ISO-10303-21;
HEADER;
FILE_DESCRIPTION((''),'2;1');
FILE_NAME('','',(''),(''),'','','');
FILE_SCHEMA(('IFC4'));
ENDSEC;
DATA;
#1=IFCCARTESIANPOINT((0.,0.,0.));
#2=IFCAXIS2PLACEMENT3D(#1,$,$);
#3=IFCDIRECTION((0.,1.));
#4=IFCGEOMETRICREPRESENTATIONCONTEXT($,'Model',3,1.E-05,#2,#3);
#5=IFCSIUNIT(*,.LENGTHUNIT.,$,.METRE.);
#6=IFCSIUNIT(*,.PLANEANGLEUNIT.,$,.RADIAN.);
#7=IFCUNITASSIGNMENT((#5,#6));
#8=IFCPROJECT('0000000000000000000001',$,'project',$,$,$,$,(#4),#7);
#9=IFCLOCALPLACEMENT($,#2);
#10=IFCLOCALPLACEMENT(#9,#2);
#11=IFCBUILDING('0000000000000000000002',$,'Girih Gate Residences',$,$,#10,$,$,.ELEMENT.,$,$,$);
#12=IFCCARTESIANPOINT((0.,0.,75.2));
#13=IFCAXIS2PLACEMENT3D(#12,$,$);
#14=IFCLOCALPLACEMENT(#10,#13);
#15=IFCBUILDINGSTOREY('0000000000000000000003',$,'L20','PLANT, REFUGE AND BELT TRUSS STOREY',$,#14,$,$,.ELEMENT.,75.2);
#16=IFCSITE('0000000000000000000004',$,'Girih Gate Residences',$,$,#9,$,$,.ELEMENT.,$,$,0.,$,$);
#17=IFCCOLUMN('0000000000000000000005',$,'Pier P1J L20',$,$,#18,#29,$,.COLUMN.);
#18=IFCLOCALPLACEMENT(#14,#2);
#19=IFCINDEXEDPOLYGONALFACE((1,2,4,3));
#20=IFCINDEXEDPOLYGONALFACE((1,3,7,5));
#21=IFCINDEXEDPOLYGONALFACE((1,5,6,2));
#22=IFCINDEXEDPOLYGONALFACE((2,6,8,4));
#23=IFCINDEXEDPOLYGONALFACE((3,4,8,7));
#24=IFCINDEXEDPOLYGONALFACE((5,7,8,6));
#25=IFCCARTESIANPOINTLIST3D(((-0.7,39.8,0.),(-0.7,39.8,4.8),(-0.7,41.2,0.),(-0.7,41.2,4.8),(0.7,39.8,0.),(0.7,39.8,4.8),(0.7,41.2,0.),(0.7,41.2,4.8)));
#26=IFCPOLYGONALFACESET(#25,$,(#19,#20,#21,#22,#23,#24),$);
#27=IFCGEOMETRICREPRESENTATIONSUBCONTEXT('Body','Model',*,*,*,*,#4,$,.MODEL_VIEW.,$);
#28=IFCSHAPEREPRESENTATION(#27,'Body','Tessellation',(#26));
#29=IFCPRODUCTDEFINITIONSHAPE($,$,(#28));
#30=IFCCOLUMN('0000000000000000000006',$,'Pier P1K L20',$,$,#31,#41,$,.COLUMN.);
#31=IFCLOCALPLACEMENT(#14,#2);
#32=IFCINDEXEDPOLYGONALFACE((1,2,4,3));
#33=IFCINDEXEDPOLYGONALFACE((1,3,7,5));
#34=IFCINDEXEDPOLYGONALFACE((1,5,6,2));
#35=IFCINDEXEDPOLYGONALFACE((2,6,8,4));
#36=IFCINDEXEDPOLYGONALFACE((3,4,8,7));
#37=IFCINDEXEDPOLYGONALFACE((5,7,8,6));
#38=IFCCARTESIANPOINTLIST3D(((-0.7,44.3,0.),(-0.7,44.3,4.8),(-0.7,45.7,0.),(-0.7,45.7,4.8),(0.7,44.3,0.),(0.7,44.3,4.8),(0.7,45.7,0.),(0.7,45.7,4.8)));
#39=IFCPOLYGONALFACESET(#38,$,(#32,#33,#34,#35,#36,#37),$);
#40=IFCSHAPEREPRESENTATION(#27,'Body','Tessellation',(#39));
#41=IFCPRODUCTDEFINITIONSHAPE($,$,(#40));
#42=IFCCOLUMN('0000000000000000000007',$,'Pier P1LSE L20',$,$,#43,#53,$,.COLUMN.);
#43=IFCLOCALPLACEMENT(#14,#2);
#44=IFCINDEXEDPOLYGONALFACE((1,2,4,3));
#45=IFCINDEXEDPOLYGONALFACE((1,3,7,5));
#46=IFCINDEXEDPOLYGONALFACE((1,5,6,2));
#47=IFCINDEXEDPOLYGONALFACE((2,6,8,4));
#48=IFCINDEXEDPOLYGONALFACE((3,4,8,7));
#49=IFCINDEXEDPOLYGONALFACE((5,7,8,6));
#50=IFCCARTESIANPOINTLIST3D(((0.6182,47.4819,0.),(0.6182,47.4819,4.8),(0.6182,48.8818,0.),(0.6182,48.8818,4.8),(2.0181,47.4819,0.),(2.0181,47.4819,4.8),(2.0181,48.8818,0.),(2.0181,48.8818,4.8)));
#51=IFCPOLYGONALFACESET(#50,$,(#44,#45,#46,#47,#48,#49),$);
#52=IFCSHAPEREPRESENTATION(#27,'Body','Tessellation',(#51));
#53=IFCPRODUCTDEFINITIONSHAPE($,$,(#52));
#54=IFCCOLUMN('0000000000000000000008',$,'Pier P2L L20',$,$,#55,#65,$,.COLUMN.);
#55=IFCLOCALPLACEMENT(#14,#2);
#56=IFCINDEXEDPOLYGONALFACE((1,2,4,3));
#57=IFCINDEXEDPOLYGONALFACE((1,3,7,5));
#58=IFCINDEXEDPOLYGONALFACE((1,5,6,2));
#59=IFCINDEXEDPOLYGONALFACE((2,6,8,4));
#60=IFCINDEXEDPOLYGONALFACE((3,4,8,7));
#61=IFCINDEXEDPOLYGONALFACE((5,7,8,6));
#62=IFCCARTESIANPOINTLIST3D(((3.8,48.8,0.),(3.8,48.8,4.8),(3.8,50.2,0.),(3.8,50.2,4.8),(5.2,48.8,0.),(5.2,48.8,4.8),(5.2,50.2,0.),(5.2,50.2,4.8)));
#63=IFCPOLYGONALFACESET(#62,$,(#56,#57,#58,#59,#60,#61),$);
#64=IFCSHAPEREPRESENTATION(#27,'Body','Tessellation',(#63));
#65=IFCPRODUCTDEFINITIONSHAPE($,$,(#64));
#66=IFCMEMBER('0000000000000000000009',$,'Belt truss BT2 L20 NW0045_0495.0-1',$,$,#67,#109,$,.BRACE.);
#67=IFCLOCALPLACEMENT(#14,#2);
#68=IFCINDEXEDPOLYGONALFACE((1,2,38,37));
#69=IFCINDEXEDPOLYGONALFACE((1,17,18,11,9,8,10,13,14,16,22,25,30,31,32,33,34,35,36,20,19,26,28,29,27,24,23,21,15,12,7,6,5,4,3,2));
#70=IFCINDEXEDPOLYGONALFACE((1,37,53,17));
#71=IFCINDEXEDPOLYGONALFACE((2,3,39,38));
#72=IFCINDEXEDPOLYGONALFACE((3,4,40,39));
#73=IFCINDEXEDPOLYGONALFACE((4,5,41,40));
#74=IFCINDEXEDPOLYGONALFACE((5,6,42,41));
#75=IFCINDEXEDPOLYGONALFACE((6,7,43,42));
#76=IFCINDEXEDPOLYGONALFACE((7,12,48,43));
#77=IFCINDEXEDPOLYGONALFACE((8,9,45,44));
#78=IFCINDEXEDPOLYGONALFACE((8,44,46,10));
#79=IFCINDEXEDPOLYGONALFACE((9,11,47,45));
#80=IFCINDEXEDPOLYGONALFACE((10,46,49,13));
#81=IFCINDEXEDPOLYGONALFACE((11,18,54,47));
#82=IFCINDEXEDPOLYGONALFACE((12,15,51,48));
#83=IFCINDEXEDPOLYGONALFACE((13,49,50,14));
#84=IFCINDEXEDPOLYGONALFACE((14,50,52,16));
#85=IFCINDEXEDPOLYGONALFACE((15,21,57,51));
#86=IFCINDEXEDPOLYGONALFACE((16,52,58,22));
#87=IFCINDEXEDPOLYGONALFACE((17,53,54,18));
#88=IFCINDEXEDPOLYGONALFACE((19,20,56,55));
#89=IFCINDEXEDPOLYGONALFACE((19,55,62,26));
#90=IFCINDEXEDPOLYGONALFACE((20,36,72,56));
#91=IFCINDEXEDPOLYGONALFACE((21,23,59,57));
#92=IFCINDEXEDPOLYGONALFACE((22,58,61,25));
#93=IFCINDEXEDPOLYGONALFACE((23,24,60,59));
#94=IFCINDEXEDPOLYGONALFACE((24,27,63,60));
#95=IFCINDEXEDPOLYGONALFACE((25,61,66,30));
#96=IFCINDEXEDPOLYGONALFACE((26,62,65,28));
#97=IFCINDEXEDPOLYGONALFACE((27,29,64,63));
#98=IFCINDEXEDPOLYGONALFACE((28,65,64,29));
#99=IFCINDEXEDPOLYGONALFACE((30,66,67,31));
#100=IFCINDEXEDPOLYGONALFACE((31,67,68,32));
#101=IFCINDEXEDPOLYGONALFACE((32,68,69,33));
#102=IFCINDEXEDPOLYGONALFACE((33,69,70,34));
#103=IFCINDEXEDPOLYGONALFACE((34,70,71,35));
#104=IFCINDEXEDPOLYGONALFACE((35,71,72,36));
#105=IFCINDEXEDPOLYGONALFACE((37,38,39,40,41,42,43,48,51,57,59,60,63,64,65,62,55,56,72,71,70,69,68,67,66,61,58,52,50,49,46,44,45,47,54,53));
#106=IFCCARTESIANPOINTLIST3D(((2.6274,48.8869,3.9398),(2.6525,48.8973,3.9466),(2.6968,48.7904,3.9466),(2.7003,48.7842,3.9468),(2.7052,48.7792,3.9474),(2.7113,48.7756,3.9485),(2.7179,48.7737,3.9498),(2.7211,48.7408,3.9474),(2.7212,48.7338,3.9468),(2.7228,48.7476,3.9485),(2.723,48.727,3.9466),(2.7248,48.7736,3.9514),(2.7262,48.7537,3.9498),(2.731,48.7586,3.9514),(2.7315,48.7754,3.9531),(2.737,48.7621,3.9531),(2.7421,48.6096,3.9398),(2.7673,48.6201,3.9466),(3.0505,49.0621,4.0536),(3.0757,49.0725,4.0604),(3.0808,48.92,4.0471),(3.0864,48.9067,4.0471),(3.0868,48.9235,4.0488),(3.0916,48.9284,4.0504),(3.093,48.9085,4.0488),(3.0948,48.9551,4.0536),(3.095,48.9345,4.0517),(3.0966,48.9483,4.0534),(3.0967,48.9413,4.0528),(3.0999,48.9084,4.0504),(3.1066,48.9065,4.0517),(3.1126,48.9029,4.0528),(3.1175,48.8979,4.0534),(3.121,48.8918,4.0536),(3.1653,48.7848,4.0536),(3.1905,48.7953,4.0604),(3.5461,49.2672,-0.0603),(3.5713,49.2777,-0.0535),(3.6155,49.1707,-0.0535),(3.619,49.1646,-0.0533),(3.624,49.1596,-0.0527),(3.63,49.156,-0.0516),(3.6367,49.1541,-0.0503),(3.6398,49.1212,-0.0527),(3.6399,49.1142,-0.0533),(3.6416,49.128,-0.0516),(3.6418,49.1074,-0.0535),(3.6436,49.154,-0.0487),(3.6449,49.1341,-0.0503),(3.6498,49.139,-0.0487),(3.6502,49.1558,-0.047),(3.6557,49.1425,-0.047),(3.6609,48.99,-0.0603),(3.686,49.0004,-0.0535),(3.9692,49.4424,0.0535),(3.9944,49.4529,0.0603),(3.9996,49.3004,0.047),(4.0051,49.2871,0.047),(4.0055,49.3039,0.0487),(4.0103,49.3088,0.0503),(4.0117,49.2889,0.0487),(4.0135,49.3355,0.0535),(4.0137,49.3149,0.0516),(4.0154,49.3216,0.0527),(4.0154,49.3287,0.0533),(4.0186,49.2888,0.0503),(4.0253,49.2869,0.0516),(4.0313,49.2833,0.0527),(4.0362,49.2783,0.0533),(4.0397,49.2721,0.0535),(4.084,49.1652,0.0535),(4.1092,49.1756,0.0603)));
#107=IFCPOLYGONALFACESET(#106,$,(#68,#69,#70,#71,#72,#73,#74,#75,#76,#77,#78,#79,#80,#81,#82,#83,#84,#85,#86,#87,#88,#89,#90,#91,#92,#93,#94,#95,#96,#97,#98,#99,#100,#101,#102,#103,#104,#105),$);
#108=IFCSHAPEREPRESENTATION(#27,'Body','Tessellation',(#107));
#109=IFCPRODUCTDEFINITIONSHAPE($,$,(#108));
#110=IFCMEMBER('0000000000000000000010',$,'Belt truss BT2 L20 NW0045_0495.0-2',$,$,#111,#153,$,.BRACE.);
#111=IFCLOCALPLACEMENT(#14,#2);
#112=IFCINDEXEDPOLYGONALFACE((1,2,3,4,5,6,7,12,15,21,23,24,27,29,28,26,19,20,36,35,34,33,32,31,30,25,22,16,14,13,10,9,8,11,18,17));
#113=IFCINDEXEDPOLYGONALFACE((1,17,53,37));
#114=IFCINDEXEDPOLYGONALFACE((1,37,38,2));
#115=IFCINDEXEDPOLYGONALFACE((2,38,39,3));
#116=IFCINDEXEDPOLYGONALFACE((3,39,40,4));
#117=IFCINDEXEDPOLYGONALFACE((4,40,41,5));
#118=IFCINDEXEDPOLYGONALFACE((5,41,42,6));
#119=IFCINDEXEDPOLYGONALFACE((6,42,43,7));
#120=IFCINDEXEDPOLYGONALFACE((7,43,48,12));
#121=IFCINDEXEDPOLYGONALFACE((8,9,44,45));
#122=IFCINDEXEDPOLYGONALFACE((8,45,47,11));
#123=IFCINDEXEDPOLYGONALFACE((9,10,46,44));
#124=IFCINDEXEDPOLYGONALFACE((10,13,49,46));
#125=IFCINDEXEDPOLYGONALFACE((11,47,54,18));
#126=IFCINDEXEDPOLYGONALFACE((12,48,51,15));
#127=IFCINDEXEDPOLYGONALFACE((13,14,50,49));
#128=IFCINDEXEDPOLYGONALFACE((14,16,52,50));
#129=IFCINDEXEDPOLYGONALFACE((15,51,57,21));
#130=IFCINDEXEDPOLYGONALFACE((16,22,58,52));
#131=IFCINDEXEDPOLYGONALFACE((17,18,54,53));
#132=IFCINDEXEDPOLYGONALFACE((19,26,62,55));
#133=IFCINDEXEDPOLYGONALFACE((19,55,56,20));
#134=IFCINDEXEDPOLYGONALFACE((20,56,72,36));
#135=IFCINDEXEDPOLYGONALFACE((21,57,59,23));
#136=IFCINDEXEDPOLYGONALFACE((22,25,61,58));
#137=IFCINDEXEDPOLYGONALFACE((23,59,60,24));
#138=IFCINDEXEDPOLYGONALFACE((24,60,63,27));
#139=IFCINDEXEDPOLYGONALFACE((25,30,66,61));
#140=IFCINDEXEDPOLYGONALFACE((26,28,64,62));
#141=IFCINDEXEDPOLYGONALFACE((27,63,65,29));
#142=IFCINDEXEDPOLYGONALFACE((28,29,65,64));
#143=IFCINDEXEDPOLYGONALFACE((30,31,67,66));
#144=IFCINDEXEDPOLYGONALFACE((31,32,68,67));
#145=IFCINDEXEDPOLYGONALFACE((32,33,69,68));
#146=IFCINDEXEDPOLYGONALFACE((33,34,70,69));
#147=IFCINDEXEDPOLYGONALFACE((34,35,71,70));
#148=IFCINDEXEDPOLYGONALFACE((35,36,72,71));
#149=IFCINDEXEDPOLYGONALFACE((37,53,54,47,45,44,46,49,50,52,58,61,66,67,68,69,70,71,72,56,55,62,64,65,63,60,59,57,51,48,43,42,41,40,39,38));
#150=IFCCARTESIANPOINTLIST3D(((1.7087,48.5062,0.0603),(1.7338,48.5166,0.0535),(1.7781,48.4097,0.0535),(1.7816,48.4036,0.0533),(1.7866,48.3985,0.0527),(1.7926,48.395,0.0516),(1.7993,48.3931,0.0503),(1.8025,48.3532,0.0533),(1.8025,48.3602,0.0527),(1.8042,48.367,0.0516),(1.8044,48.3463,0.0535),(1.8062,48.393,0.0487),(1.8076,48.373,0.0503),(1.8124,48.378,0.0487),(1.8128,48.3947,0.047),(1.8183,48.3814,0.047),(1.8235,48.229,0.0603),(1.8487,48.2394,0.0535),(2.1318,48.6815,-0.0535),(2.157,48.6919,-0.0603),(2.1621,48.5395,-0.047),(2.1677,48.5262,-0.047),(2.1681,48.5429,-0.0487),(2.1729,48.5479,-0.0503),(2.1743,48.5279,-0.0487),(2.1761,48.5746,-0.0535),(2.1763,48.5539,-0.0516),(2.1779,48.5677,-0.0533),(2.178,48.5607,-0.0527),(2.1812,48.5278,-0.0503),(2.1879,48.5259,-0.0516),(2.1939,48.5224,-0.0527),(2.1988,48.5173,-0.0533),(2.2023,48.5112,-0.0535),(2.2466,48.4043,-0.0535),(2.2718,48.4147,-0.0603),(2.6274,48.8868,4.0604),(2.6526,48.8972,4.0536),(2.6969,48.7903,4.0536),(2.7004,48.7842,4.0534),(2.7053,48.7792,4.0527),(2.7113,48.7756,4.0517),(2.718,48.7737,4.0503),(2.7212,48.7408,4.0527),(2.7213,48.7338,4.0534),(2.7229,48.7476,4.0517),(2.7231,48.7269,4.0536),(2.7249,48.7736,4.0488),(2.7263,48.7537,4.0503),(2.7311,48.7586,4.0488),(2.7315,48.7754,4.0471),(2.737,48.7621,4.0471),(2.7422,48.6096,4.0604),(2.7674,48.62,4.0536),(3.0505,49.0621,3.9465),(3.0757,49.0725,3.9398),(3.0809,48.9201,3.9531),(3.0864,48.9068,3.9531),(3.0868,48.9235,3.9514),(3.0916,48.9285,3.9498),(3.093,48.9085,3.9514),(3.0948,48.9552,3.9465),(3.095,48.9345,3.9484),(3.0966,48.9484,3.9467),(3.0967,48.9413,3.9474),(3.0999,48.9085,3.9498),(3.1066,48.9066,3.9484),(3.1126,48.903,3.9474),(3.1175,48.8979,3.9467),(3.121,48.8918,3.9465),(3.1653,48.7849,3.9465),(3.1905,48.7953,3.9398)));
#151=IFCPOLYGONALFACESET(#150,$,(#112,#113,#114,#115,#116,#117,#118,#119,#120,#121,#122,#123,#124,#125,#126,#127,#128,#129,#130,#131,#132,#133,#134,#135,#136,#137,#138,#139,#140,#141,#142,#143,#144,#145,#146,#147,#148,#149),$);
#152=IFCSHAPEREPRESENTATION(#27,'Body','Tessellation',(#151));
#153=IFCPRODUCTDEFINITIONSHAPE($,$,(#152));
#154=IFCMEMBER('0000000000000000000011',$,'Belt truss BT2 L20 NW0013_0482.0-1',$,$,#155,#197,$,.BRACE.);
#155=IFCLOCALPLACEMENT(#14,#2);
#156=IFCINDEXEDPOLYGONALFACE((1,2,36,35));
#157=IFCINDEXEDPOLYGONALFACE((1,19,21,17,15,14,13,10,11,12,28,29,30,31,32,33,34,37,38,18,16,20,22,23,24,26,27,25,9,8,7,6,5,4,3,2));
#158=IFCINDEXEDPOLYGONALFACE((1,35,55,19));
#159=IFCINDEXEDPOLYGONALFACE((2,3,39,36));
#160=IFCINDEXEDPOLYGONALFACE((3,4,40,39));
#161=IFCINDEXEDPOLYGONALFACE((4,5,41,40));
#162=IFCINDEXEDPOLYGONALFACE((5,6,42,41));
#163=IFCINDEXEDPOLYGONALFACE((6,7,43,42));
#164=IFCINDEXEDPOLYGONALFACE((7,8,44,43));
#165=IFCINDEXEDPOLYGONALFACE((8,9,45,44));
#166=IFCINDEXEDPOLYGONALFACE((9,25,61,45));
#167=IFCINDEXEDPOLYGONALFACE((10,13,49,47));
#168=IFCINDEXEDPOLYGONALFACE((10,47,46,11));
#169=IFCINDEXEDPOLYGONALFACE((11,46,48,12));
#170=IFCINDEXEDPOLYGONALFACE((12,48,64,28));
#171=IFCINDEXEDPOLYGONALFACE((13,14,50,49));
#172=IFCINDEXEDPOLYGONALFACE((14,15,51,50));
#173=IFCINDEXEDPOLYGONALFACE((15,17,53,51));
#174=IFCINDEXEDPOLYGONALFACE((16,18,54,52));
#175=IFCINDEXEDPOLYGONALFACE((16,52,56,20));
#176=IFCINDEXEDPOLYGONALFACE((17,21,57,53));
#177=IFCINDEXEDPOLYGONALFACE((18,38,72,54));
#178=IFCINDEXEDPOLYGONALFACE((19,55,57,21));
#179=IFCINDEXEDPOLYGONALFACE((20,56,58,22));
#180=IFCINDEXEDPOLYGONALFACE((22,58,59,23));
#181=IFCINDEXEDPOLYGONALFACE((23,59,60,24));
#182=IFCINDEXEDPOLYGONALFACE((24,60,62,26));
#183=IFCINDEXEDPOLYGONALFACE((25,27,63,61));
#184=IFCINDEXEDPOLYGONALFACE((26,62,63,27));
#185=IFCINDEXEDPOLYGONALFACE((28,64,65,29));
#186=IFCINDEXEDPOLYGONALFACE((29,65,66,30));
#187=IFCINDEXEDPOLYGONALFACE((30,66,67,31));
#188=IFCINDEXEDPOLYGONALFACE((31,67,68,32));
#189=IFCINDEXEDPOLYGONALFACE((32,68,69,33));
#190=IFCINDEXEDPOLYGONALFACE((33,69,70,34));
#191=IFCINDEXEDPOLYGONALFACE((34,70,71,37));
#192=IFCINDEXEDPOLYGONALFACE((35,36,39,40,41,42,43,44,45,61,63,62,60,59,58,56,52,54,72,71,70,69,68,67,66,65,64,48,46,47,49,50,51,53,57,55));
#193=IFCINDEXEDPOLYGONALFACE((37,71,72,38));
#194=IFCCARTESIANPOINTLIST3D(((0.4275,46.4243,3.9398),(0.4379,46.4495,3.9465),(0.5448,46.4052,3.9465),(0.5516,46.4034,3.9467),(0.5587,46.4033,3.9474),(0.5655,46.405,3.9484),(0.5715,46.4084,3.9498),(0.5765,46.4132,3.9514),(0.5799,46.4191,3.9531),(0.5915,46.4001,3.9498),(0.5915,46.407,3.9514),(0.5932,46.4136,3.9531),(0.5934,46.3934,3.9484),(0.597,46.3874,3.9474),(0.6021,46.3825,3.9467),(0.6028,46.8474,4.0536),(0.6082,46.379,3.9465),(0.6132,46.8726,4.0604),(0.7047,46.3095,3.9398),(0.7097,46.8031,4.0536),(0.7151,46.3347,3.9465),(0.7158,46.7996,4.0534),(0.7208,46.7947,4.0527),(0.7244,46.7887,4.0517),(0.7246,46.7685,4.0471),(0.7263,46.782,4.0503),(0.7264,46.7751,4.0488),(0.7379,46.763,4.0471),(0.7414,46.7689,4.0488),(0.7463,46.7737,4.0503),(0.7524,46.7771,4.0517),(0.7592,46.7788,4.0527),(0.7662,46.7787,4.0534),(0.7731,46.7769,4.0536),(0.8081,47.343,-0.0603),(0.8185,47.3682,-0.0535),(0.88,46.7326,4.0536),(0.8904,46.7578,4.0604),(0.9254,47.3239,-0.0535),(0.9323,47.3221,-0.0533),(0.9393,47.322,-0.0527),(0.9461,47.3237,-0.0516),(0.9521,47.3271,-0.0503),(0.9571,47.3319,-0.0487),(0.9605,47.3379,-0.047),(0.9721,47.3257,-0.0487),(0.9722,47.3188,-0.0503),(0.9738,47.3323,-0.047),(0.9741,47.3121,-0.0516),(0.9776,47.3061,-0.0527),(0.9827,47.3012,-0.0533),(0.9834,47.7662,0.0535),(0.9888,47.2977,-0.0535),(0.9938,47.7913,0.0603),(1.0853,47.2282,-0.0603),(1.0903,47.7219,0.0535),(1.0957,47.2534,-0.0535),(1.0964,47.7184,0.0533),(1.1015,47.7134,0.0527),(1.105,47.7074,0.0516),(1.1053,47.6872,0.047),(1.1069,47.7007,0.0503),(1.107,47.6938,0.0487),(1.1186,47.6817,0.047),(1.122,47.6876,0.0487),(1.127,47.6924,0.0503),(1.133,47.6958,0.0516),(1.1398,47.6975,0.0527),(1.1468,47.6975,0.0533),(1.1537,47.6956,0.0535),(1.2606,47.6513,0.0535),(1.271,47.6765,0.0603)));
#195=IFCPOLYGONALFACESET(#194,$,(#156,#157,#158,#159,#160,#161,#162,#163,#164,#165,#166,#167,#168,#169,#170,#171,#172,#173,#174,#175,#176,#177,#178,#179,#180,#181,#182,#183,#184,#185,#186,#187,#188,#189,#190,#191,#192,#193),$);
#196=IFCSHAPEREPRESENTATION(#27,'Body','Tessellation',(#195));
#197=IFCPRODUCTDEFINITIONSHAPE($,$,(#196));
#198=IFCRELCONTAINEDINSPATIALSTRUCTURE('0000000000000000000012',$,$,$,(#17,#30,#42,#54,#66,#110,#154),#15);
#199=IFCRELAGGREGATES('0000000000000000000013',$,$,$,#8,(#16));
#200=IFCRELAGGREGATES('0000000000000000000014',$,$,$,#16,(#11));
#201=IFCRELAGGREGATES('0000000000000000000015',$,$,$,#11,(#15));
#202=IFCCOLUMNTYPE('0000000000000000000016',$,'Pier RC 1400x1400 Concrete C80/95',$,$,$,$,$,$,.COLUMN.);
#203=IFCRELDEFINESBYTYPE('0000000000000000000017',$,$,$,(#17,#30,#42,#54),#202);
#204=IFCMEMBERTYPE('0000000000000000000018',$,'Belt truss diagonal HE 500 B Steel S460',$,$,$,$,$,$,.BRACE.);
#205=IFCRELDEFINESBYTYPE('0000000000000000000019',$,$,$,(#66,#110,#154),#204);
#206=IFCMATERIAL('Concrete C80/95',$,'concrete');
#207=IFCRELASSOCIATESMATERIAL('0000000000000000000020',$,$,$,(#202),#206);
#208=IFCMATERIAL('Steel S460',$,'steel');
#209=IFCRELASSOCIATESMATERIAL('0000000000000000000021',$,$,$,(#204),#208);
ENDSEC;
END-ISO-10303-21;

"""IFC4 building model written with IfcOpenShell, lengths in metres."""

from ifc_helpers import new_model, si_unit, direction, frame, origin, origin_2d, place, context, subcontext, project, spatial, rectangle, i_section, extrude, material, material_profile, profile_set, type_object, element, save


model = new_model("IFC4")

# Units and contexts
model_context = context("Model", 3, precision=1e-05, world=origin(), true_north=direction((0.0, 1.0)))
body_context = subcontext(model_context, "Body", "Model", "MODEL_VIEW")
ifc_project = project(units=[si_unit("LENGTHUNIT", "METRE"), si_unit("PLANEANGLEUNIT", "RADIAN")], contexts=[model_context])

# Site, building, storey
site_placement = place(None, origin())
site = spatial("IfcSite", under=ifc_project, at=site_placement, Name="Girih Gate Residences", CompositionType="ELEMENT", RefElevation=0.0)
building_placement = place(site_placement, origin())
building = spatial("IfcBuilding", under=site, at=building_placement, Name="Girih Gate Residences", CompositionType="ELEMENT")
storey_placement = place(building_placement, frame((0.0, 0.0, 75.2)))
storey = spatial("IfcBuildingStorey", under=building, at=storey_placement, Name="L20", Description="PLANT, REFUGE AND BELT TRUSS STOREY", CompositionType="ELEMENT", Elevation=75.2)

# Columns
ifc_material_1 = material(Name="Concrete C80/95", Category="concrete")
ifc_material_profile_1 = material_profile(ifc_material_1, rectangle(XDim=1.3999, YDim=1.3999, at=origin_2d()))
ifc_profile_set_1 = profile_set([ifc_material_profile_1], Name="Concrete C80/95")
column_type = type_object("IfcColumnType", Name="Pier RC 1400x1400 Concrete C80/95", PredefinedType="COLUMN", material=ifc_profile_set_1)
for number, where, z_axis, x_axis, name in (
    (1, (0.0, 40.5, 0.0), (0.0, 0.0, 1.0), (1.0, 0.0, 0.0), "Pier P1J L20"),
    (2, (0.0, 45.0, 0.0), (0.0, 0.0, 1.0), (1.0, 0.0, 0.0), "Pier P1K L20"),
    (3, (1.3181, 48.1819, 0.0), (0.0, 0.0, 1.0), (1.0, 0.0, 0.0), "Pier P1LSE L20"),
    (4, (4.5, 49.5, 0.0), (0.0, 0.0, 1.0), (1.0, 0.0, 0.0), "Pier P2L L20"),
):
    element("IfcColumn", number, at=place(storey_placement, frame(where, z_axis=z_axis, x_axis=x_axis)), inside=storey, type_object=column_type, Name=name, PredefinedType="COLUMN", context=body_context, shape_type="SweptSolid", body=[
        extrude(rectangle(XDim=1.3999, YDim=1.3999, at=origin_2d()), origin(), (0.0, 0.0, 1.0), 4.8),
    ])

# Members
ifc_material_2 = material(Name="Steel S460", Category="steel")
ifc_material_profile_2 = material_profile(ifc_material_2, i_section(OverallWidth=0.3, OverallDepth=0.5, WebThickness=0.0144, FlangeThickness=0.0281, FilletRadius=0.0271, at=origin_2d()))
ifc_profile_set_2 = profile_set([ifc_material_profile_2], Name="Steel S460")
member_type_1 = type_object("IfcMemberType", Name="Belt truss diagonal HE 500 B Steel S460", PredefinedType="BRACE", material=ifc_profile_set_2)
for number, where, z_axis, x_axis, name in (
    (5, (3.8276, 49.2214, 0.0), (-0.222892, -0.092284, 0.970465), (0.38254, -0.923939, 0.0), "Belt truss BT2 L20 NW0045_0495.0-1"),
    (6, (1.9902, 48.4604, 0.0), (0.222891, 0.092343, 0.97046), (-0.382749, 0.923852, 0.0), "Belt truss BT2 L20 NW0045_0495.0-2"),
    (7, (1.0396, 47.5098, 0.0), (-0.092343, -0.222891, 0.97046), (0.923852, -0.382749, 0.0), "Belt truss BT2 L20 NW0013_0482.0-1"),
):
    element("IfcMember", number, at=place(storey_placement, frame(where, z_axis=z_axis, x_axis=x_axis)), inside=storey, type_object=member_type_1, Name=name, PredefinedType="BRACE", context=body_context, shape_type="SweptSolid", body=[
        extrude(i_section(OverallWidth=0.3, OverallDepth=0.5, WebThickness=0.0144, FlangeThickness=0.0281, FilletRadius=0.0271, at=origin_2d()), origin(), (0.0, 0.0, 1.0), 4.1218),
    ])

save(model, "model.ifc")
